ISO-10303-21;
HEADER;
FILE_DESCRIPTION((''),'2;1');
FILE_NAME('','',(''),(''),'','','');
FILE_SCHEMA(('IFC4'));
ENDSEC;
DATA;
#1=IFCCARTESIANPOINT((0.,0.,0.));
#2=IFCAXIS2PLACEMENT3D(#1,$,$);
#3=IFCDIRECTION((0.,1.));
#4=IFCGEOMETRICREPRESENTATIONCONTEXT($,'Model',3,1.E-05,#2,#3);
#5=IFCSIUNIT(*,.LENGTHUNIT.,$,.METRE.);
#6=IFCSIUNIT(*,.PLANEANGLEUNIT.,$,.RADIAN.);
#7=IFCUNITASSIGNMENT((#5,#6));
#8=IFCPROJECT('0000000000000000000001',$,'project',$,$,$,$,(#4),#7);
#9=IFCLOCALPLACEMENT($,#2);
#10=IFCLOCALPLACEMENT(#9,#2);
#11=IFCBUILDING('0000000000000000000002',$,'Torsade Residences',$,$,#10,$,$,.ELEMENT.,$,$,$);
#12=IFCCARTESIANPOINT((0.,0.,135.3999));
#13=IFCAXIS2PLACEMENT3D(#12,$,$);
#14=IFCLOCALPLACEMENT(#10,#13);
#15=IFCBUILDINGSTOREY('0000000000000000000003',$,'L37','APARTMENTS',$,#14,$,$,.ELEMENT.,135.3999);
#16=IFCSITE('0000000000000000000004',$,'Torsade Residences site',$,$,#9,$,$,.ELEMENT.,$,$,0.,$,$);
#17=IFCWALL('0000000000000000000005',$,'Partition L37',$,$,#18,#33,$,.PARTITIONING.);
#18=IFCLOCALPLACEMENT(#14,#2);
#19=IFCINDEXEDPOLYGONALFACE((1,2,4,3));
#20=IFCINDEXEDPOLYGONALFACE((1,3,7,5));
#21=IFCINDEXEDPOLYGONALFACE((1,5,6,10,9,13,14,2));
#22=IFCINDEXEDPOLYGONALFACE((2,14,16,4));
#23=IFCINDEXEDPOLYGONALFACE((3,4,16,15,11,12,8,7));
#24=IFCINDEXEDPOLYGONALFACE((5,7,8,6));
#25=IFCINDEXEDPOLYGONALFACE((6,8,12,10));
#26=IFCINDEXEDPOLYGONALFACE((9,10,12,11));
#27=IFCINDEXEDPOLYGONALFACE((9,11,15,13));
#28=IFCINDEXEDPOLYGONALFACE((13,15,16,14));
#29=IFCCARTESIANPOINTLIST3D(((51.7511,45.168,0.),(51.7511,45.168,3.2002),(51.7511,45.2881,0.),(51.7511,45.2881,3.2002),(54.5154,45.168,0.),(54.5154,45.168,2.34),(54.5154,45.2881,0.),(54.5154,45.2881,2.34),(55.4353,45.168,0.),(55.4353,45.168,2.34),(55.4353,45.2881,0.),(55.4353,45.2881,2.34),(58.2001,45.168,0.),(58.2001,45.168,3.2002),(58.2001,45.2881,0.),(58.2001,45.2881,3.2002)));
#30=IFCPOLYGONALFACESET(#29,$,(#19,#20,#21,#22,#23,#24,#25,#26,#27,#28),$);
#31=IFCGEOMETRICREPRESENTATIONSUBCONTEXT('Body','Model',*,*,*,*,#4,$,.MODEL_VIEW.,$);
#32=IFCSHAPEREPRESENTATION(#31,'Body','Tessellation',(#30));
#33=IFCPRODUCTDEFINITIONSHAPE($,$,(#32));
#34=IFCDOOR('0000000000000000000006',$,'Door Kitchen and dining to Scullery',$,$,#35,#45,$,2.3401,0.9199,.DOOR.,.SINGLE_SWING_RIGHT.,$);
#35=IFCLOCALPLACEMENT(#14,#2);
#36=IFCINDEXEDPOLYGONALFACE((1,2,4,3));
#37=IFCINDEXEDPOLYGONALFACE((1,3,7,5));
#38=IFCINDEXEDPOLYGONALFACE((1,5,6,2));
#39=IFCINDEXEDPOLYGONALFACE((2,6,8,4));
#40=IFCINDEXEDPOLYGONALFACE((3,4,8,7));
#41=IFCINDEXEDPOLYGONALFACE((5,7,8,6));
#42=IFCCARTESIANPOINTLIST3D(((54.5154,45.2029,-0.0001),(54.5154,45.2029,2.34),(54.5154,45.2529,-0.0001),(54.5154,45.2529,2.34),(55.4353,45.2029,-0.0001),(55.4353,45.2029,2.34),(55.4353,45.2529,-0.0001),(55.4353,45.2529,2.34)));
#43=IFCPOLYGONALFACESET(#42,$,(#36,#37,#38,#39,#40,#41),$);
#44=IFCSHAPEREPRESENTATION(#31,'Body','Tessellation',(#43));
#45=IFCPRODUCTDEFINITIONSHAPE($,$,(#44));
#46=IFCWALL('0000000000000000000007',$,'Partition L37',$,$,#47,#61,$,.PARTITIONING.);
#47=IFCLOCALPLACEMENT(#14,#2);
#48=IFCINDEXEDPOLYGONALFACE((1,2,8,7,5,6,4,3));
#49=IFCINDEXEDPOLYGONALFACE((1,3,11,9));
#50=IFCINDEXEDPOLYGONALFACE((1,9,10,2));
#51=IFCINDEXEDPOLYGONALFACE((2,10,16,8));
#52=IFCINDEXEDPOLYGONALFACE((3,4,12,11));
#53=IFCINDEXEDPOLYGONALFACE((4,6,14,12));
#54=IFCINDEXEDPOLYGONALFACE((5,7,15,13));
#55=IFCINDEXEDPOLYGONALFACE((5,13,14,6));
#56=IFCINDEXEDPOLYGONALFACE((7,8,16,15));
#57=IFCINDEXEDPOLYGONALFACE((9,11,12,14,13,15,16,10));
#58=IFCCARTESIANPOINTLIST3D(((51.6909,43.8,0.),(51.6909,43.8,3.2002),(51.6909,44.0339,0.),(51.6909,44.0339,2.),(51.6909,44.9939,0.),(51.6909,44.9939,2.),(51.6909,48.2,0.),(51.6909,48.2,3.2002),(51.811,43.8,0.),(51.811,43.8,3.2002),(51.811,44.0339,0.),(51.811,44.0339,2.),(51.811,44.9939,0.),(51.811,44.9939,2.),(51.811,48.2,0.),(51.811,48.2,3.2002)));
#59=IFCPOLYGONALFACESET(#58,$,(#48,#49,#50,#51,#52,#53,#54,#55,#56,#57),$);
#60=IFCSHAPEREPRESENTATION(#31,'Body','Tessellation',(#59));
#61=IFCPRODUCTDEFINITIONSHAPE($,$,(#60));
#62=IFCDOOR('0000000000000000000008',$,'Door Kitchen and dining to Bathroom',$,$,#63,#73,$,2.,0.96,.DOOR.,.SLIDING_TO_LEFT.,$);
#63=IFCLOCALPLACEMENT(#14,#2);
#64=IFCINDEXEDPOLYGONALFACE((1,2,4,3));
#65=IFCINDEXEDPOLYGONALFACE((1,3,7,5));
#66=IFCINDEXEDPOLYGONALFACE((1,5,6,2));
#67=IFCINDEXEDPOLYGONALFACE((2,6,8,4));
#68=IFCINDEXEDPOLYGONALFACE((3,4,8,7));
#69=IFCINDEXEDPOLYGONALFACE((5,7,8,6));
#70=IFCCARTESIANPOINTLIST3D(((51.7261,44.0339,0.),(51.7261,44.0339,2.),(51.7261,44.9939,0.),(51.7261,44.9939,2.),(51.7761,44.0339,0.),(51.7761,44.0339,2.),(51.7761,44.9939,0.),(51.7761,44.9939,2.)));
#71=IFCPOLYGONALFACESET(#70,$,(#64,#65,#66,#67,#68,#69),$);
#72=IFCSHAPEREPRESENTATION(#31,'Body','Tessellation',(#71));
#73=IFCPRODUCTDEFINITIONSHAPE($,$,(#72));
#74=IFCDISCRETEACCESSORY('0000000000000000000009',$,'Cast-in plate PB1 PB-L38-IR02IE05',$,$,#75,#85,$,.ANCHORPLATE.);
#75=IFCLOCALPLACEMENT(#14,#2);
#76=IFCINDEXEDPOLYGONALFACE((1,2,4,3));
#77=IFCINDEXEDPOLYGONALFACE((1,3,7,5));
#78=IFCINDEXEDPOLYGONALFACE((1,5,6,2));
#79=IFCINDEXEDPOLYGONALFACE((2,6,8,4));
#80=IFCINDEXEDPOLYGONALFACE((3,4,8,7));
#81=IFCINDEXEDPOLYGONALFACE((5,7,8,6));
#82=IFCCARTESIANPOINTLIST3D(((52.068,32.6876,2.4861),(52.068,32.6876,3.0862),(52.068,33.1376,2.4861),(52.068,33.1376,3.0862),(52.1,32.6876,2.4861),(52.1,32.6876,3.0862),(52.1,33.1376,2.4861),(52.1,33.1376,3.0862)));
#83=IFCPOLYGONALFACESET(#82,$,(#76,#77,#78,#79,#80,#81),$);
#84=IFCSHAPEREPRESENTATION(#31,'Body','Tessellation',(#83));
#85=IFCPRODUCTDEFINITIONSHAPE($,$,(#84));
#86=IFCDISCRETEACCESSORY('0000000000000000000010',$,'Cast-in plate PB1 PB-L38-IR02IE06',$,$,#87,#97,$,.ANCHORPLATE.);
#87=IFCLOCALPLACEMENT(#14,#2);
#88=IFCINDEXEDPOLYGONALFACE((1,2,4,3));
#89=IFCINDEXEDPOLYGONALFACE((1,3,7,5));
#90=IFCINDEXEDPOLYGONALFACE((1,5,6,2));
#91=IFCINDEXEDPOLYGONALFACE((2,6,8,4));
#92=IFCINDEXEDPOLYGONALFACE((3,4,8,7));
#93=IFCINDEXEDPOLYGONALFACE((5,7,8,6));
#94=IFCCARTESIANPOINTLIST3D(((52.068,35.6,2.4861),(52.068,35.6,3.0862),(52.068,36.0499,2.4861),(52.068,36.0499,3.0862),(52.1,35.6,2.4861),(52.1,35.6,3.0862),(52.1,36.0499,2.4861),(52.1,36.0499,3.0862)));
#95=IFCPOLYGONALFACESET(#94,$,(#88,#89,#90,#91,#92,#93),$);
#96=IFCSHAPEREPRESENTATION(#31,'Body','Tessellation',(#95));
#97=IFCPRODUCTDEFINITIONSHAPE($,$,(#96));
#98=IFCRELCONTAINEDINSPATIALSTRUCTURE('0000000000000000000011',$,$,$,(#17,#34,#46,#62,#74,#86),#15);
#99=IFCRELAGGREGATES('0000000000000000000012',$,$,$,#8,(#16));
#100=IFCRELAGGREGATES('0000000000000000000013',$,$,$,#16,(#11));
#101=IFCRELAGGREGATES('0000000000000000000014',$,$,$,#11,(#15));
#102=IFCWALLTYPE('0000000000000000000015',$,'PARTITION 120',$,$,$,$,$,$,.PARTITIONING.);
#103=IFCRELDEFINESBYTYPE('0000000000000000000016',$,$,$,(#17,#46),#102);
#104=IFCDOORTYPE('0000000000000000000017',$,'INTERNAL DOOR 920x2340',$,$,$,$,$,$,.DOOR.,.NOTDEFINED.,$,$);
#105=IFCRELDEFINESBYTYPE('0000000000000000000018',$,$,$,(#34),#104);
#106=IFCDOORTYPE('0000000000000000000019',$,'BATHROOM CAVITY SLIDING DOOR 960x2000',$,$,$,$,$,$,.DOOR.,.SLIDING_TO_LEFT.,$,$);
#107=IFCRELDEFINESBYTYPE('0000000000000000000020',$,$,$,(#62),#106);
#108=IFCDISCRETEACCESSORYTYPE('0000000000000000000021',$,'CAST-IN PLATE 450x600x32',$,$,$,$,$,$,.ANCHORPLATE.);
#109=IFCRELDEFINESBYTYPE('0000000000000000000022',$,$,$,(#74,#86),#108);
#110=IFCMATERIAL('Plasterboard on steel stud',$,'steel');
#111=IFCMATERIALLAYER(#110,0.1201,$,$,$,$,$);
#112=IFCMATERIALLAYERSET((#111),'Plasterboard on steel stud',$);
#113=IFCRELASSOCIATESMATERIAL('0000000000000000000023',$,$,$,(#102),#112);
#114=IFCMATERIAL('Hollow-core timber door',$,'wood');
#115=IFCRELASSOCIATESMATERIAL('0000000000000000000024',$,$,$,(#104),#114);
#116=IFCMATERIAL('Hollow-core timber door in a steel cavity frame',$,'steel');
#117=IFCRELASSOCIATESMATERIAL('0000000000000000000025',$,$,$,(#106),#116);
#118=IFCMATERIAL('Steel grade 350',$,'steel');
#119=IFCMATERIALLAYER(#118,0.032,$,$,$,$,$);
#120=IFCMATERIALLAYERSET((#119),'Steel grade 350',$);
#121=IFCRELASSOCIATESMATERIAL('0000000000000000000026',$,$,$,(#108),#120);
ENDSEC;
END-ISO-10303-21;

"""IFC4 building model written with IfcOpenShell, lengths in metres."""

from ifc_helpers import new_model, si_unit, direction, frame, frame_2d, origin, origin_2d, place, context, subcontext, project, spatial, rectangle, extrude, material, layer, layer_set, type_object, element, fill, save


model = new_model("IFC4")

# Units and contexts
model_context = context("Model", 3, precision=1e-05, world=origin(), true_north=direction((0.0, 1.0)))
body_context = subcontext(model_context, "Body", "Model", "MODEL_VIEW")
ifc_project = project(units=[si_unit("LENGTHUNIT", "METRE"), si_unit("PLANEANGLEUNIT", "RADIAN")], contexts=[model_context])

# Site, building, storey
site_placement = place(None, origin())
site = spatial("IfcSite", under=ifc_project, at=site_placement, Name="Torsade Residences site", CompositionType="ELEMENT", RefElevation=0.0)
building_placement = place(site_placement, origin())
building = spatial("IfcBuilding", under=site, at=building_placement, Name="Torsade Residences", CompositionType="ELEMENT")
storey_placement = place(building_placement, frame((0.0, 0.0, 135.3999)))
storey = spatial("IfcBuildingStorey", under=building, at=storey_placement, Name="L37", Description="APARTMENTS", CompositionType="ELEMENT", Elevation=135.3999)

# Walls, openings, doors
ifc_material_1 = material(Name="Plasterboard on steel stud", Category="steel")
ifc_layer_1 = layer(ifc_material_1, 0.1201)
ifc_layer_set_1 = layer_set([ifc_layer_1], Name="Plasterboard on steel stud")
wall_type_1 = type_object("IfcWallType", Name="PARTITION 120", PredefinedType="PARTITIONING", material=ifc_layer_set_1)
wall_1_placement = place(storey_placement, frame((51.751, 45.228, 0.0), z_axis=(0.0, 0.0, 1.0), x_axis=(1.0, 0.0, 0.0)))
wall_1 = element("IfcWall", 1, at=wall_1_placement, inside=storey, type_object=wall_type_1, Name="Partition L37", PredefinedType="PARTITIONING", context=body_context, shape_type="SweptSolid", body=[
    extrude(rectangle(XDim=6.449, YDim=0.1201, at=frame_2d((3.2246, 0.0))), origin(), (0.0, 0.0, 1.0), 3.2002),
])
opening_1_placement = place(wall_1_placement, frame((2.7644, 0.0, 0.0)))
opening_1 = element("IfcOpeningElement", 2, at=opening_1_placement, cuts=wall_1, PredefinedType="OPENING", context=body_context, shape_type="SweptSolid", body=[
    extrude(rectangle(XDim=0.9199, YDim=2.3401, at=frame_2d((0.46, 1.1699))), frame((0.0, 0.0701, 0.0), z_axis=(0.0, -1.0, 0.0), x_axis=(1.0, 0.0, 0.0)), (0.0, 0.0, 1.0), 0.1401),
])
ifc_material_2 = material(Name="Hollow-core timber door", Category="wood")
door_type_1 = type_object("IfcDoorType", Name="INTERNAL DOOR 920x2340", OperationType="NOTDEFINED", PredefinedType="DOOR", material=ifc_material_2)
door_1_placement = place(opening_1_placement, origin())
door_1 = element("IfcDoor", 3, at=door_1_placement, inside=storey, type_object=door_type_1, Name="Door Kitchen and dining to Scullery", OperationType="SINGLE_SWING_RIGHT", OverallHeight=2.3401, OverallWidth=0.9199, PredefinedType="DOOR", context=body_context, shape_type="SweptSolid", body=[
    extrude(rectangle(XDim=0.9199, YDim=2.3401, at=frame_2d((0.46, 1.1699))), frame((0.0, 0.0249, 0.0), z_axis=(0.0, -1.0, 0.0), x_axis=(1.0, 0.0, 0.0)), (0.0, 0.0, 1.0), 0.05),
])
fill(opening_1, door_1)
wall_2_placement = place(storey_placement, frame((51.751, 43.8, 0.0), z_axis=(0.0, 0.0, 1.0), x_axis=(0.0, 1.0, 0.0)))
wall_2 = element("IfcWall", 4, at=wall_2_placement, inside=storey, type_object=wall_type_1, Name="Partition L37", PredefinedType="PARTITIONING", context=body_context, shape_type="SweptSolid", body=[
    extrude(rectangle(XDim=4.3999, YDim=0.1201, at=frame_2d((2.2, 0.0))), origin(), (0.0, 0.0, 1.0), 3.2002),
])
opening_2_placement = place(wall_2_placement, frame((0.2339, 0.0, 0.0)))
opening_2 = element("IfcOpeningElement", 5, at=opening_2_placement, cuts=wall_2, PredefinedType="OPENING", context=body_context, shape_type="SweptSolid", body=[
    extrude(rectangle(XDim=0.96, YDim=2.0, at=frame_2d((0.48, 1.0))), frame((0.0, 0.0701, 0.0), z_axis=(0.0, -1.0, 0.0), x_axis=(1.0, 0.0, 0.0)), (0.0, 0.0, 1.0), 0.1401),
])
ifc_material_3 = material(Name="Hollow-core timber door in a steel cavity frame", Category="steel")
door_type_2 = type_object("IfcDoorType", Name="BATHROOM CAVITY SLIDING DOOR 960x2000", OperationType="SLIDING_TO_LEFT", PredefinedType="DOOR", material=ifc_material_3)
door_2_placement = place(opening_2_placement, origin())
door_2 = element("IfcDoor", 6, at=door_2_placement, inside=storey, type_object=door_type_2, Name="Door Kitchen and dining to Bathroom", OperationType="SLIDING_TO_LEFT", OverallHeight=2.0, OverallWidth=0.96, PredefinedType="DOOR", context=body_context, shape_type="SweptSolid", body=[
    extrude(rectangle(XDim=0.96, YDim=2.0, at=frame_2d((0.48, 1.0))), frame((0.0, 0.0249, 0.0), z_axis=(0.0, -1.0, 0.0), x_axis=(1.0, 0.0, 0.0)), (0.0, 0.0, 1.0), 0.05),
])
fill(opening_2, door_2)

# Discrete accessories
ifc_material_4 = material(Name="Steel grade 350", Category="steel")
ifc_layer_2 = layer(ifc_material_4, 0.032)
ifc_layer_set_2 = layer_set([ifc_layer_2], Name="Steel grade 350")
discrete_accessory_type = type_object("IfcDiscreteAccessoryType", Name="CAST-IN PLATE 450x600x32", PredefinedType="ANCHORPLATE", material=ifc_layer_set_2)
for number, where, z_axis, x_axis, name in (
    (7, (52.084, 32.9126, 2.4861), (0.0, 0.0, 1.0), (1.0, 0.0, 0.0), "Cast-in plate PB1 PB-L38-IR02IE05"),
    (8, (52.084, 35.825, 2.4861), (0.0, 0.0, 1.0), (1.0, 0.0, 0.0), "Cast-in plate PB1 PB-L38-IR02IE06"),
):
    element("IfcDiscreteAccessory", number, at=place(storey_placement, frame(where, z_axis=z_axis, x_axis=x_axis)), inside=storey, type_object=discrete_accessory_type, Name=name, PredefinedType="ANCHORPLATE", context=body_context, shape_type="SweptSolid", body=[
        extrude(rectangle(XDim=0.032, YDim=0.45, at=origin_2d()), origin(), (0.0, 0.0, 1.0), 0.6001),
    ])

save(model, "model.ifc")
